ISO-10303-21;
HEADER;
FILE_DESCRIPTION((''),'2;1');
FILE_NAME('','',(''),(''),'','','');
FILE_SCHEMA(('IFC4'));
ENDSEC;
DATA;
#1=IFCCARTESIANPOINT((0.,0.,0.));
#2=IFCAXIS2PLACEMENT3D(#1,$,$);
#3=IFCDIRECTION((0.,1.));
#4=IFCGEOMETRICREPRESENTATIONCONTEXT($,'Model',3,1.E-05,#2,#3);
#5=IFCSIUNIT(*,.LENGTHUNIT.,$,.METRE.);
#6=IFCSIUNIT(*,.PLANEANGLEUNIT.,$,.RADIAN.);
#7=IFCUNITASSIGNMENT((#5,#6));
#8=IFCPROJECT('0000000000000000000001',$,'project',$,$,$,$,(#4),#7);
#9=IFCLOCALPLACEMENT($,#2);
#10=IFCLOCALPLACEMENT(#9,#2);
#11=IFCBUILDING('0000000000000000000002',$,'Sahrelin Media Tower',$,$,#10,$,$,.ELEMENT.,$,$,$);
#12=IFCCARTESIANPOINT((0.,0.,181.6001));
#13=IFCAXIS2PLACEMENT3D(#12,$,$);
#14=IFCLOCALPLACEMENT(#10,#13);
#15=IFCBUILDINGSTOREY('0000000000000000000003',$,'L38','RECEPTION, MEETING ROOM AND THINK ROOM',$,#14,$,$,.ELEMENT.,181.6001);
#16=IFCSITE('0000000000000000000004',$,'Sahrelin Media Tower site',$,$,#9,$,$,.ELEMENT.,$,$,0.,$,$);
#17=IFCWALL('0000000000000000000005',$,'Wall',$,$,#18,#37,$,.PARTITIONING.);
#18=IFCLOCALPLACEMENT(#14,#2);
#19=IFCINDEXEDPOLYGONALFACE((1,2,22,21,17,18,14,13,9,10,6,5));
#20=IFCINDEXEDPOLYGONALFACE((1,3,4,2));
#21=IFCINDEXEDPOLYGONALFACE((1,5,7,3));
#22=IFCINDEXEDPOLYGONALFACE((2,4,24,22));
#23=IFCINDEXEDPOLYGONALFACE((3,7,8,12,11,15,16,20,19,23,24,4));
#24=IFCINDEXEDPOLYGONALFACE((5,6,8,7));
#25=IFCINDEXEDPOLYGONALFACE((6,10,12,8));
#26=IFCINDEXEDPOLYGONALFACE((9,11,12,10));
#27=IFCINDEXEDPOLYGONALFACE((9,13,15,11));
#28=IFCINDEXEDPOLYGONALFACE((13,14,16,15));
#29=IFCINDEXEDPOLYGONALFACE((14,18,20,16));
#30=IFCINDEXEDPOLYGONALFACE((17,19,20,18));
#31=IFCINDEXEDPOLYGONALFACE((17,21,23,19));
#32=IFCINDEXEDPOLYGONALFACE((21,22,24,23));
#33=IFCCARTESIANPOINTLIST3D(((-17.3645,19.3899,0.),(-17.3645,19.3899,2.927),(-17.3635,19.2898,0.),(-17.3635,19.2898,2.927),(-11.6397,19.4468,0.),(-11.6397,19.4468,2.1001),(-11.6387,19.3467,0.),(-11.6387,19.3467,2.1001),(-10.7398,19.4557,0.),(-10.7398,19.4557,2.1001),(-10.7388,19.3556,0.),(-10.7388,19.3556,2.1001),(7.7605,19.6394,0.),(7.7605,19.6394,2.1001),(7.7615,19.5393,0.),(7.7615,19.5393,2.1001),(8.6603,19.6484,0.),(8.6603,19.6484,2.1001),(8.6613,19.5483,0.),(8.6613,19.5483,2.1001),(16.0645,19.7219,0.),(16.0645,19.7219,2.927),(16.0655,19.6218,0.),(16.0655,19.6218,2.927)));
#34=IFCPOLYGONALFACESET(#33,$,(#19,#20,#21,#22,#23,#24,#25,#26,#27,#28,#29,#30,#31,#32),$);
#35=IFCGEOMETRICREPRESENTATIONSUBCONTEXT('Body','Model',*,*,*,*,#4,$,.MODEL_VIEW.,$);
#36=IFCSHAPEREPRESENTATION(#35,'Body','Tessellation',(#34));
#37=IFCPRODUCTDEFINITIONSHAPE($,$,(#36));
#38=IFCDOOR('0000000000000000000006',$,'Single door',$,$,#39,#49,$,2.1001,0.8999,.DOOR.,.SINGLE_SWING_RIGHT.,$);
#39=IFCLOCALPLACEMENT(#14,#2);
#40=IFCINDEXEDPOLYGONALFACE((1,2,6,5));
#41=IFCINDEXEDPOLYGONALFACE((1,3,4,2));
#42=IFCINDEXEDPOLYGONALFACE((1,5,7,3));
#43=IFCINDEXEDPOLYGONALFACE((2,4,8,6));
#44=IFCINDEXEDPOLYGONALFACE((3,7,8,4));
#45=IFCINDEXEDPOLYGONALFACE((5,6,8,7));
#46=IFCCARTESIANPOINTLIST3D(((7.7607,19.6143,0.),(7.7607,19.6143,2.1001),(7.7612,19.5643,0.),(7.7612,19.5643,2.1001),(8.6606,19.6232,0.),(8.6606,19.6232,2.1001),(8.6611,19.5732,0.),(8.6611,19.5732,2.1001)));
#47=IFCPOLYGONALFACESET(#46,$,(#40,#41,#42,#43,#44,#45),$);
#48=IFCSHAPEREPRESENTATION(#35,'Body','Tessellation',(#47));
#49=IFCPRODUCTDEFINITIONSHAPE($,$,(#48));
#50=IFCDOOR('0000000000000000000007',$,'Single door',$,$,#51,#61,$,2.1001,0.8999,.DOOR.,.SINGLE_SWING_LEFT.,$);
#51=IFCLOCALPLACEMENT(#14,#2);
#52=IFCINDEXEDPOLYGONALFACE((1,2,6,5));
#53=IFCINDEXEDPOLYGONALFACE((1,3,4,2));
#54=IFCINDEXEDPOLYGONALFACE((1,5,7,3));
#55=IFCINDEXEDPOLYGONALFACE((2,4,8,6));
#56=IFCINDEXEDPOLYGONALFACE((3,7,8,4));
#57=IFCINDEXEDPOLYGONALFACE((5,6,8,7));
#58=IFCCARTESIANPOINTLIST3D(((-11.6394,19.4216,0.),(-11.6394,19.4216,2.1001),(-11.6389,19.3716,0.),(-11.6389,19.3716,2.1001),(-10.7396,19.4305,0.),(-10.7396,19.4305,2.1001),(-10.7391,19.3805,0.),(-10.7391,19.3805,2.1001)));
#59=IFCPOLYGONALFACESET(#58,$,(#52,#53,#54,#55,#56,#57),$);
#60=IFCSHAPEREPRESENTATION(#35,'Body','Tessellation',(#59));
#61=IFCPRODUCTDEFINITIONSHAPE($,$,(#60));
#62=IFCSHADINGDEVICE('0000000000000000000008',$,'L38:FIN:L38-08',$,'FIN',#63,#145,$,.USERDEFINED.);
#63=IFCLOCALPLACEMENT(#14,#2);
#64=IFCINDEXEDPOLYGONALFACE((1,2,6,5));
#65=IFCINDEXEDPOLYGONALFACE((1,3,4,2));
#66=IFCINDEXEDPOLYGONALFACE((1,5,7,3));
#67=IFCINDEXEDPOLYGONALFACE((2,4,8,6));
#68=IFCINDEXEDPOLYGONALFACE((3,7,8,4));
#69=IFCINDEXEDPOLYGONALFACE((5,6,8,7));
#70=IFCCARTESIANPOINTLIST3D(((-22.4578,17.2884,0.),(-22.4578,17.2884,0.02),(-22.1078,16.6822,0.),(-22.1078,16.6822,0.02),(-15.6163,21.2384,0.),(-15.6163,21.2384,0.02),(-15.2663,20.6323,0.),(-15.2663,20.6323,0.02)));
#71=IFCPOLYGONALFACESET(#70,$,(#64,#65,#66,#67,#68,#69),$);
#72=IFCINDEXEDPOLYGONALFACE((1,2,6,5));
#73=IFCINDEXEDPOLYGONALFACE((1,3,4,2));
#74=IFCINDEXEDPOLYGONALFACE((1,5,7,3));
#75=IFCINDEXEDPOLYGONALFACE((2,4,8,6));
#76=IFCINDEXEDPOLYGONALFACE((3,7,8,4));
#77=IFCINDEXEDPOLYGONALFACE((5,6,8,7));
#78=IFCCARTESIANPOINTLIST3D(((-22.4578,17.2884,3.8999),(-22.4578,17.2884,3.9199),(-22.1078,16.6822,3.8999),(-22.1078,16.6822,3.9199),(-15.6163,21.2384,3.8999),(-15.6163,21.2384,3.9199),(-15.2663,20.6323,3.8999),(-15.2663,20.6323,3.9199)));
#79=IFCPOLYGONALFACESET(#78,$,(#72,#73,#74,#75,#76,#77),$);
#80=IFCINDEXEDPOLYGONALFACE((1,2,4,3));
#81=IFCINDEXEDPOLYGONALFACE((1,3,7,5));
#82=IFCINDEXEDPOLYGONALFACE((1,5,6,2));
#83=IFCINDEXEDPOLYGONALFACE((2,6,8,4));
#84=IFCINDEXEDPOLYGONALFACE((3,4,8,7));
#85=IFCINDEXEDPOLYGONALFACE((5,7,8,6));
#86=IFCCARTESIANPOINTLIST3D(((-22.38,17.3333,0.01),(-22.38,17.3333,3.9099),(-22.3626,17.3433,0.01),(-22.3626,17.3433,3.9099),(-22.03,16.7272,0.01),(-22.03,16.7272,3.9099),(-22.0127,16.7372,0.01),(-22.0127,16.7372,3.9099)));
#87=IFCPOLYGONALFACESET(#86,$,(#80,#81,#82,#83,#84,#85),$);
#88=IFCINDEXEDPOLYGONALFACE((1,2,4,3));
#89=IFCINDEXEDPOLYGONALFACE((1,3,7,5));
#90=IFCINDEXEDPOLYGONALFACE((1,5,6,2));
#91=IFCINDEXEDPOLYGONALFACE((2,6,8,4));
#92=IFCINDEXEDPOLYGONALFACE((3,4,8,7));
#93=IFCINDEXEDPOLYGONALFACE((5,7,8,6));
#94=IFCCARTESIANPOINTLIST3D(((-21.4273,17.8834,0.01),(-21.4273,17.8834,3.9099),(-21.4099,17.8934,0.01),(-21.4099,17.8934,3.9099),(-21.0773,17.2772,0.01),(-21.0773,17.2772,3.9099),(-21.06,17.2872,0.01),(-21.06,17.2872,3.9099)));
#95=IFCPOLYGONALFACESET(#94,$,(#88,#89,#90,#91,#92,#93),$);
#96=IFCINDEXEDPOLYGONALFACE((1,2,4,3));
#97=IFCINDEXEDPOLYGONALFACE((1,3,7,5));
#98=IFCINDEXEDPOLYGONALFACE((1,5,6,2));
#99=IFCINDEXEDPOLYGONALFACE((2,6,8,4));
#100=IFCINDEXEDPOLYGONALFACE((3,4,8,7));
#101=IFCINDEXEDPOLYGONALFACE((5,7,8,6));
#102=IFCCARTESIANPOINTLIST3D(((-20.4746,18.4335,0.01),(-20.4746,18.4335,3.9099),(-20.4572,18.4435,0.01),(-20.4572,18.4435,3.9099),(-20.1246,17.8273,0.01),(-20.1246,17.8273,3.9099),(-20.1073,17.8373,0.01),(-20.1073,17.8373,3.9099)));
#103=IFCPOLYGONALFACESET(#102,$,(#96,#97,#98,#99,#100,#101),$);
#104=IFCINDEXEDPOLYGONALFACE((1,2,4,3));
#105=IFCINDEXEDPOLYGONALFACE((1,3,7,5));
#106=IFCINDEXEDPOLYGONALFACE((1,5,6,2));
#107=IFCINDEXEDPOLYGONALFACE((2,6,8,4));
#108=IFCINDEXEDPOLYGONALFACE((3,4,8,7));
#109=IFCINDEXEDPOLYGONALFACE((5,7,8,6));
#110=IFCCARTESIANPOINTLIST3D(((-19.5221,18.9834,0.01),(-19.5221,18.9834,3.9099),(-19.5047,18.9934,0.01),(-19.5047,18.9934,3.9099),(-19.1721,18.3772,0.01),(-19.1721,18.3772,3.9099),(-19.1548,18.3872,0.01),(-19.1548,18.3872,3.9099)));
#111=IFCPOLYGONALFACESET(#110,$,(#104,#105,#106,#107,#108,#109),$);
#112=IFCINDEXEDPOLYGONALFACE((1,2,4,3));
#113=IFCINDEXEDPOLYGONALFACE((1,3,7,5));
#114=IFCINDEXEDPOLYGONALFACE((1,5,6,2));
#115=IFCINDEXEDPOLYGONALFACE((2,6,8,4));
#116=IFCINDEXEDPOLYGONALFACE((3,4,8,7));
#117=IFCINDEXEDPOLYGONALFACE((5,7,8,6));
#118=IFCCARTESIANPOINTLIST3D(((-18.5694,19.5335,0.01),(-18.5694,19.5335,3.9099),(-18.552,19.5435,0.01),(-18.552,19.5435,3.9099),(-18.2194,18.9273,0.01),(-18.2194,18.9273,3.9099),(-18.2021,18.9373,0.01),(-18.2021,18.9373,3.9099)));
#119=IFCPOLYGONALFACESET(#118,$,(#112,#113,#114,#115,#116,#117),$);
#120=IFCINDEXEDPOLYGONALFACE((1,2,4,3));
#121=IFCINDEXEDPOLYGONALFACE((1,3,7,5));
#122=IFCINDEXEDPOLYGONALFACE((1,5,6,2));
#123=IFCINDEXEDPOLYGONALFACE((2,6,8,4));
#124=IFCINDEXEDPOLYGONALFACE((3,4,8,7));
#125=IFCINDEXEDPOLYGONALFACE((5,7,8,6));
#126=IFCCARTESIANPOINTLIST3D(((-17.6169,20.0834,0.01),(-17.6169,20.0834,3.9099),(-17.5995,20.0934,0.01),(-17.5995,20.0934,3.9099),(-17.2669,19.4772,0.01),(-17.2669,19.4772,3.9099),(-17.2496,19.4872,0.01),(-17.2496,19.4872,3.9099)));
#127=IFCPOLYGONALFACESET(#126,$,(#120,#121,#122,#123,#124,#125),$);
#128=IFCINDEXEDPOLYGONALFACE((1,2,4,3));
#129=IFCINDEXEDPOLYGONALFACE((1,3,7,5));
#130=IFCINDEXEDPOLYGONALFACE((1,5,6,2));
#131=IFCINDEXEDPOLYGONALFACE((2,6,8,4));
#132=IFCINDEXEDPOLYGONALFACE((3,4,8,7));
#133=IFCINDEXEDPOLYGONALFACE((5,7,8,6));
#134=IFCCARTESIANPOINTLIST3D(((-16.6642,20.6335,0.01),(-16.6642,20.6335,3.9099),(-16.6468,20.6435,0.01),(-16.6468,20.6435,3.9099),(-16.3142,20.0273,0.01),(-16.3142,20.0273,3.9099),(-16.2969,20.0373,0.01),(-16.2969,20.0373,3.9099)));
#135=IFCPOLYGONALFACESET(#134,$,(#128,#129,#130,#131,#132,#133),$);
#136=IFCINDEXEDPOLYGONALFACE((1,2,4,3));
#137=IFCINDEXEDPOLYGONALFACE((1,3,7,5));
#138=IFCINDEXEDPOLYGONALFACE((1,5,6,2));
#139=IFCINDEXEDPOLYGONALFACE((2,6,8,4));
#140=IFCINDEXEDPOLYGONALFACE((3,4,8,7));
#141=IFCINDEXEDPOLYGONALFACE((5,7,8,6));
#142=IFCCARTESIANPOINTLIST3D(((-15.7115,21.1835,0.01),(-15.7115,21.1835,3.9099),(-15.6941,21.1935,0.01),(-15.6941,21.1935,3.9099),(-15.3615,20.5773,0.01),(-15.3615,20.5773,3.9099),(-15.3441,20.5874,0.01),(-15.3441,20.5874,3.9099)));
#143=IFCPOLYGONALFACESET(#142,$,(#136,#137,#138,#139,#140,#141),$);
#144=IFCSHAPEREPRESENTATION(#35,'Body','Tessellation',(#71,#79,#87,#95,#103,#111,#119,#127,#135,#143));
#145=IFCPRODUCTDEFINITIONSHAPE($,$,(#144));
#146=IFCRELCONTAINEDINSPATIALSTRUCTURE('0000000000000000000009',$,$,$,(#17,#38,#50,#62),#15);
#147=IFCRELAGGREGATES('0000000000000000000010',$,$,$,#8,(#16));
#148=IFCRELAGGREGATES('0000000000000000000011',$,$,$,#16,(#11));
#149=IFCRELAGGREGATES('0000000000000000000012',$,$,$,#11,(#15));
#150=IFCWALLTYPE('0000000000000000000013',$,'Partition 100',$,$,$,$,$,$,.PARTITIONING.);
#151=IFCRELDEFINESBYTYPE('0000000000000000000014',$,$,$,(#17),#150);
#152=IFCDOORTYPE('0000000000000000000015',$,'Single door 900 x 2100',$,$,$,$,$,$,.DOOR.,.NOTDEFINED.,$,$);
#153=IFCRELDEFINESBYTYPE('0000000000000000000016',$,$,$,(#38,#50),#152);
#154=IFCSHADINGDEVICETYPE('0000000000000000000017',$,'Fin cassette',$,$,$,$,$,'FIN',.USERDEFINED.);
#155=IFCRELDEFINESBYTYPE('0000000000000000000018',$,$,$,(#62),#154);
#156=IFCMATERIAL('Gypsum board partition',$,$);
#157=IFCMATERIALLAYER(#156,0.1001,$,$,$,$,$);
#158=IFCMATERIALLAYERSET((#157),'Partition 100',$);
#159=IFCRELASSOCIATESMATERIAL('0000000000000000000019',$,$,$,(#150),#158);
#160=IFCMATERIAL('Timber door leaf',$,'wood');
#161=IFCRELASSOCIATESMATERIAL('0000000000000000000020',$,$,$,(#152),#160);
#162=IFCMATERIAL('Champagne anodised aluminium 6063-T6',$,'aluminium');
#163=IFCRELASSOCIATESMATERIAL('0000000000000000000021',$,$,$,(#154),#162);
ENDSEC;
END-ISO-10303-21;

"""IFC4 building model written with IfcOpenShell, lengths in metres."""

from ifc_helpers import new_model, si_unit, direction, frame, frame_2d, origin, origin_2d, place, context, subcontext, project, spatial, rectangle, extrude, material, layer, layer_set, type_object, element, fill, save


model = new_model("IFC4")

# Units and contexts
model_context = context("Model", 3, precision=1e-05, world=origin(), true_north=direction((0.0, 1.0)))
body_context = subcontext(model_context, "Body", "Model", "MODEL_VIEW")
ifc_project = project(units=[si_unit("LENGTHUNIT", "METRE"), si_unit("PLANEANGLEUNIT", "RADIAN")], contexts=[model_context])

# Site, building, storey
site_placement = place(None, origin())
site = spatial("IfcSite", under=ifc_project, at=site_placement, Name="Sahrelin Media Tower site", CompositionType="ELEMENT", RefElevation=0.0)
building_placement = place(site_placement, origin())
building = spatial("IfcBuilding", under=site, at=building_placement, Name="Sahrelin Media Tower", CompositionType="ELEMENT")
storey_placement = place(building_placement, frame((0.0, 0.0, 181.6001)))
storey = spatial("IfcBuildingStorey", under=building, at=storey_placement, Name="L38", Description="RECEPTION, MEETING ROOM AND THINK ROOM", CompositionType="ELEMENT", Elevation=181.6001)

# Shared definitions
ifc_material_1 = material(Name="Champagne anodised aluminium 6063-T6", Category="aluminium")

# Shared definitions
ifc_material_2 = material(Name="Gypsum board partition")
ifc_layer_1 = layer(ifc_material_2, 0.1001)
ifc_layer_set_1 = layer_set([ifc_layer_1], Name="Partition 100")
wall_type_1 = type_object("IfcWallType", Name="Partition 100", PredefinedType="PARTITIONING", material=ifc_layer_set_1)

# Wall, openings, doors
wall_1_placement = place(storey_placement, frame((-17.364, 19.3398, 0.0), z_axis=(0.0, 0.0, 1.0), x_axis=(0.999951, 0.009932, 0.0)))
wall_1 = element("IfcWall", 1, at=wall_1_placement, inside=storey, type_object=wall_type_1, Name="Wall", PredefinedType="PARTITIONING", context=body_context, shape_type="SweptSolid", body=[
    extrude(rectangle(XDim=33.4307, YDim=0.1001, at=frame_2d((16.7153, 0.0))), origin(), (0.0, 0.0, 1.0), 2.927),
])
opening_1_placement = place(wall_1_placement, frame((25.1262, 0.0, 0.0)))
opening_1 = element("IfcOpeningElement", 2, at=opening_1_placement, cuts=wall_1, PredefinedType="OPENING", context=body_context, shape_type="SweptSolid", body=[
    extrude(rectangle(XDim=0.8999, YDim=2.1001, at=frame_2d((0.45, 1.05))), frame((0.0, 0.05, 0.0), z_axis=(0.0, -1.0, 0.0), x_axis=(1.0, 0.0, 0.0)), (0.0, 0.0, 1.0), 0.1001),
])
opening_2_placement = place(wall_1_placement, frame((5.7251, 0.0, 0.0)))
opening_2 = element("IfcOpeningElement", 3, at=opening_2_placement, cuts=wall_1, PredefinedType="OPENING", context=body_context, shape_type="SweptSolid", body=[
    extrude(rectangle(XDim=0.8999, YDim=2.1001, at=frame_2d((0.45, 1.05))), frame((0.0, 0.05, 0.0), z_axis=(0.0, -1.0, 0.0), x_axis=(1.0, 0.0, 0.0)), (0.0, 0.0, 1.0), 0.1001),
])
ifc_material_3 = material(Name="Timber door leaf", Category="wood")
door_type_1 = type_object("IfcDoorType", Name="Single door 900 x 2100", OperationType="NOTDEFINED", PredefinedType="DOOR", material=ifc_material_3)
door_1_placement = place(opening_1_placement, origin())
door_1 = element("IfcDoor", 4, at=door_1_placement, inside=storey, type_object=door_type_1, Name="Single door", OperationType="SINGLE_SWING_RIGHT", OverallHeight=2.1001, OverallWidth=0.8999, PredefinedType="DOOR", context=body_context, shape_type="SweptSolid", body=[
    extrude(rectangle(XDim=0.8999, YDim=2.1001, at=frame_2d((0.45, 1.05))), frame((0.0, 0.0249, 0.0), z_axis=(0.0, -1.0, 0.0), x_axis=(1.0, 0.0, 0.0)), (0.0, 0.0, 1.0), 0.05),
])
fill(opening_1, door_1)
door_2_placement = place(opening_2_placement, origin())
door_2 = element("IfcDoor", 5, at=door_2_placement, inside=storey, type_object=door_type_1, Name="Single door", OperationType="SINGLE_SWING_LEFT", OverallHeight=2.1001, OverallWidth=0.8999, PredefinedType="DOOR", context=body_context, shape_type="SweptSolid", body=[
    extrude(rectangle(XDim=0.8999, YDim=2.1001, at=frame_2d((0.45, 1.05))), frame((0.0, 0.0249, 0.0), z_axis=(0.0, -1.0, 0.0), x_axis=(1.0, 0.0, 0.0)), (0.0, 0.0, 1.0), 0.05),
])
fill(opening_2, door_2)

# Shading device
shading_device_type_1 = type_object("IfcShadingDeviceType", Name="Fin cassette", ElementType="FIN", PredefinedType="USERDEFINED", material=ifc_material_1)
placement_1 = place(storey_placement, frame((-18.6521, 18.5967, 0.0), z_axis=(0.0, 0.0, 1.0), x_axis=(0.866019, 0.500011, 0.0)))
element("IfcShadingDevice", 6, at=placement_1, inside=storey, type_object=shading_device_type_1, Name="L38:FIN:L38-08", ObjectType="FIN", PredefinedType="USERDEFINED", context=body_context, shape_type="SweptSolid", body=[
    extrude(rectangle(XDim=7.8999, YDim=0.7, at=origin_2d()), frame((0.0, 0.4199, 0.0)), (0.0, 0.0, 1.0), 0.02),
    extrude(rectangle(XDim=7.8999, YDim=0.7, at=origin_2d()), frame((0.0, 0.4199, 3.8999)), (0.0, 0.0, 1.0), 0.02),
    extrude(rectangle(XDim=0.02, YDim=0.7, at=origin_2d()), frame((-3.8501, 0.4199, 0.01), z_axis=(0.0, 0.0, 1.0), x_axis=(1.0, 0.0, 0.0)), (0.0, 0.0, 1.0), 3.8999),
    extrude(rectangle(XDim=0.02, YDim=0.7, at=origin_2d()), frame((-2.75, 0.4199, 0.01), z_axis=(0.0, 0.0, 1.0), x_axis=(1.0, 0.0, 0.0)), (0.0, 0.0, 1.0), 3.8999),
    extrude(rectangle(XDim=0.02, YDim=0.7, at=origin_2d()), frame((-1.6499, 0.4199, 0.01), z_axis=(0.0, 0.0, 1.0), x_axis=(1.0, 0.0, 0.0)), (0.0, 0.0, 1.0), 3.8999),
    extrude(rectangle(XDim=0.02, YDim=0.7, at=origin_2d()), frame((-0.55, 0.4199, 0.01), z_axis=(0.0, 0.0, 1.0), x_axis=(1.0, 0.0, 0.0)), (0.0, 0.0, 1.0), 3.8999),
    extrude(rectangle(XDim=0.02, YDim=0.7, at=origin_2d()), frame((0.55, 0.4199, 0.01), z_axis=(0.0, 0.0, 1.0), x_axis=(1.0, 0.0, 0.0)), (0.0, 0.0, 1.0), 3.8999),
    extrude(rectangle(XDim=0.02, YDim=0.7, at=origin_2d()), frame((1.6499, 0.4199, 0.01), z_axis=(0.0, 0.0, 1.0), x_axis=(1.0, 0.0, 0.0)), (0.0, 0.0, 1.0), 3.8999),
    extrude(rectangle(XDim=0.02, YDim=0.7, at=origin_2d()), frame((2.75, 0.4199, 0.01), z_axis=(0.0, 0.0, 1.0), x_axis=(1.0, 0.0, 0.0)), (0.0, 0.0, 1.0), 3.8999),
    extrude(rectangle(XDim=0.02, YDim=0.7, at=origin_2d()), frame((3.8501, 0.4199, 0.01), z_axis=(0.0, 0.0, 1.0), x_axis=(1.0, 0.0, 0.0)), (0.0, 0.0, 1.0), 3.8999),
])

save(model, "model.ifc")
